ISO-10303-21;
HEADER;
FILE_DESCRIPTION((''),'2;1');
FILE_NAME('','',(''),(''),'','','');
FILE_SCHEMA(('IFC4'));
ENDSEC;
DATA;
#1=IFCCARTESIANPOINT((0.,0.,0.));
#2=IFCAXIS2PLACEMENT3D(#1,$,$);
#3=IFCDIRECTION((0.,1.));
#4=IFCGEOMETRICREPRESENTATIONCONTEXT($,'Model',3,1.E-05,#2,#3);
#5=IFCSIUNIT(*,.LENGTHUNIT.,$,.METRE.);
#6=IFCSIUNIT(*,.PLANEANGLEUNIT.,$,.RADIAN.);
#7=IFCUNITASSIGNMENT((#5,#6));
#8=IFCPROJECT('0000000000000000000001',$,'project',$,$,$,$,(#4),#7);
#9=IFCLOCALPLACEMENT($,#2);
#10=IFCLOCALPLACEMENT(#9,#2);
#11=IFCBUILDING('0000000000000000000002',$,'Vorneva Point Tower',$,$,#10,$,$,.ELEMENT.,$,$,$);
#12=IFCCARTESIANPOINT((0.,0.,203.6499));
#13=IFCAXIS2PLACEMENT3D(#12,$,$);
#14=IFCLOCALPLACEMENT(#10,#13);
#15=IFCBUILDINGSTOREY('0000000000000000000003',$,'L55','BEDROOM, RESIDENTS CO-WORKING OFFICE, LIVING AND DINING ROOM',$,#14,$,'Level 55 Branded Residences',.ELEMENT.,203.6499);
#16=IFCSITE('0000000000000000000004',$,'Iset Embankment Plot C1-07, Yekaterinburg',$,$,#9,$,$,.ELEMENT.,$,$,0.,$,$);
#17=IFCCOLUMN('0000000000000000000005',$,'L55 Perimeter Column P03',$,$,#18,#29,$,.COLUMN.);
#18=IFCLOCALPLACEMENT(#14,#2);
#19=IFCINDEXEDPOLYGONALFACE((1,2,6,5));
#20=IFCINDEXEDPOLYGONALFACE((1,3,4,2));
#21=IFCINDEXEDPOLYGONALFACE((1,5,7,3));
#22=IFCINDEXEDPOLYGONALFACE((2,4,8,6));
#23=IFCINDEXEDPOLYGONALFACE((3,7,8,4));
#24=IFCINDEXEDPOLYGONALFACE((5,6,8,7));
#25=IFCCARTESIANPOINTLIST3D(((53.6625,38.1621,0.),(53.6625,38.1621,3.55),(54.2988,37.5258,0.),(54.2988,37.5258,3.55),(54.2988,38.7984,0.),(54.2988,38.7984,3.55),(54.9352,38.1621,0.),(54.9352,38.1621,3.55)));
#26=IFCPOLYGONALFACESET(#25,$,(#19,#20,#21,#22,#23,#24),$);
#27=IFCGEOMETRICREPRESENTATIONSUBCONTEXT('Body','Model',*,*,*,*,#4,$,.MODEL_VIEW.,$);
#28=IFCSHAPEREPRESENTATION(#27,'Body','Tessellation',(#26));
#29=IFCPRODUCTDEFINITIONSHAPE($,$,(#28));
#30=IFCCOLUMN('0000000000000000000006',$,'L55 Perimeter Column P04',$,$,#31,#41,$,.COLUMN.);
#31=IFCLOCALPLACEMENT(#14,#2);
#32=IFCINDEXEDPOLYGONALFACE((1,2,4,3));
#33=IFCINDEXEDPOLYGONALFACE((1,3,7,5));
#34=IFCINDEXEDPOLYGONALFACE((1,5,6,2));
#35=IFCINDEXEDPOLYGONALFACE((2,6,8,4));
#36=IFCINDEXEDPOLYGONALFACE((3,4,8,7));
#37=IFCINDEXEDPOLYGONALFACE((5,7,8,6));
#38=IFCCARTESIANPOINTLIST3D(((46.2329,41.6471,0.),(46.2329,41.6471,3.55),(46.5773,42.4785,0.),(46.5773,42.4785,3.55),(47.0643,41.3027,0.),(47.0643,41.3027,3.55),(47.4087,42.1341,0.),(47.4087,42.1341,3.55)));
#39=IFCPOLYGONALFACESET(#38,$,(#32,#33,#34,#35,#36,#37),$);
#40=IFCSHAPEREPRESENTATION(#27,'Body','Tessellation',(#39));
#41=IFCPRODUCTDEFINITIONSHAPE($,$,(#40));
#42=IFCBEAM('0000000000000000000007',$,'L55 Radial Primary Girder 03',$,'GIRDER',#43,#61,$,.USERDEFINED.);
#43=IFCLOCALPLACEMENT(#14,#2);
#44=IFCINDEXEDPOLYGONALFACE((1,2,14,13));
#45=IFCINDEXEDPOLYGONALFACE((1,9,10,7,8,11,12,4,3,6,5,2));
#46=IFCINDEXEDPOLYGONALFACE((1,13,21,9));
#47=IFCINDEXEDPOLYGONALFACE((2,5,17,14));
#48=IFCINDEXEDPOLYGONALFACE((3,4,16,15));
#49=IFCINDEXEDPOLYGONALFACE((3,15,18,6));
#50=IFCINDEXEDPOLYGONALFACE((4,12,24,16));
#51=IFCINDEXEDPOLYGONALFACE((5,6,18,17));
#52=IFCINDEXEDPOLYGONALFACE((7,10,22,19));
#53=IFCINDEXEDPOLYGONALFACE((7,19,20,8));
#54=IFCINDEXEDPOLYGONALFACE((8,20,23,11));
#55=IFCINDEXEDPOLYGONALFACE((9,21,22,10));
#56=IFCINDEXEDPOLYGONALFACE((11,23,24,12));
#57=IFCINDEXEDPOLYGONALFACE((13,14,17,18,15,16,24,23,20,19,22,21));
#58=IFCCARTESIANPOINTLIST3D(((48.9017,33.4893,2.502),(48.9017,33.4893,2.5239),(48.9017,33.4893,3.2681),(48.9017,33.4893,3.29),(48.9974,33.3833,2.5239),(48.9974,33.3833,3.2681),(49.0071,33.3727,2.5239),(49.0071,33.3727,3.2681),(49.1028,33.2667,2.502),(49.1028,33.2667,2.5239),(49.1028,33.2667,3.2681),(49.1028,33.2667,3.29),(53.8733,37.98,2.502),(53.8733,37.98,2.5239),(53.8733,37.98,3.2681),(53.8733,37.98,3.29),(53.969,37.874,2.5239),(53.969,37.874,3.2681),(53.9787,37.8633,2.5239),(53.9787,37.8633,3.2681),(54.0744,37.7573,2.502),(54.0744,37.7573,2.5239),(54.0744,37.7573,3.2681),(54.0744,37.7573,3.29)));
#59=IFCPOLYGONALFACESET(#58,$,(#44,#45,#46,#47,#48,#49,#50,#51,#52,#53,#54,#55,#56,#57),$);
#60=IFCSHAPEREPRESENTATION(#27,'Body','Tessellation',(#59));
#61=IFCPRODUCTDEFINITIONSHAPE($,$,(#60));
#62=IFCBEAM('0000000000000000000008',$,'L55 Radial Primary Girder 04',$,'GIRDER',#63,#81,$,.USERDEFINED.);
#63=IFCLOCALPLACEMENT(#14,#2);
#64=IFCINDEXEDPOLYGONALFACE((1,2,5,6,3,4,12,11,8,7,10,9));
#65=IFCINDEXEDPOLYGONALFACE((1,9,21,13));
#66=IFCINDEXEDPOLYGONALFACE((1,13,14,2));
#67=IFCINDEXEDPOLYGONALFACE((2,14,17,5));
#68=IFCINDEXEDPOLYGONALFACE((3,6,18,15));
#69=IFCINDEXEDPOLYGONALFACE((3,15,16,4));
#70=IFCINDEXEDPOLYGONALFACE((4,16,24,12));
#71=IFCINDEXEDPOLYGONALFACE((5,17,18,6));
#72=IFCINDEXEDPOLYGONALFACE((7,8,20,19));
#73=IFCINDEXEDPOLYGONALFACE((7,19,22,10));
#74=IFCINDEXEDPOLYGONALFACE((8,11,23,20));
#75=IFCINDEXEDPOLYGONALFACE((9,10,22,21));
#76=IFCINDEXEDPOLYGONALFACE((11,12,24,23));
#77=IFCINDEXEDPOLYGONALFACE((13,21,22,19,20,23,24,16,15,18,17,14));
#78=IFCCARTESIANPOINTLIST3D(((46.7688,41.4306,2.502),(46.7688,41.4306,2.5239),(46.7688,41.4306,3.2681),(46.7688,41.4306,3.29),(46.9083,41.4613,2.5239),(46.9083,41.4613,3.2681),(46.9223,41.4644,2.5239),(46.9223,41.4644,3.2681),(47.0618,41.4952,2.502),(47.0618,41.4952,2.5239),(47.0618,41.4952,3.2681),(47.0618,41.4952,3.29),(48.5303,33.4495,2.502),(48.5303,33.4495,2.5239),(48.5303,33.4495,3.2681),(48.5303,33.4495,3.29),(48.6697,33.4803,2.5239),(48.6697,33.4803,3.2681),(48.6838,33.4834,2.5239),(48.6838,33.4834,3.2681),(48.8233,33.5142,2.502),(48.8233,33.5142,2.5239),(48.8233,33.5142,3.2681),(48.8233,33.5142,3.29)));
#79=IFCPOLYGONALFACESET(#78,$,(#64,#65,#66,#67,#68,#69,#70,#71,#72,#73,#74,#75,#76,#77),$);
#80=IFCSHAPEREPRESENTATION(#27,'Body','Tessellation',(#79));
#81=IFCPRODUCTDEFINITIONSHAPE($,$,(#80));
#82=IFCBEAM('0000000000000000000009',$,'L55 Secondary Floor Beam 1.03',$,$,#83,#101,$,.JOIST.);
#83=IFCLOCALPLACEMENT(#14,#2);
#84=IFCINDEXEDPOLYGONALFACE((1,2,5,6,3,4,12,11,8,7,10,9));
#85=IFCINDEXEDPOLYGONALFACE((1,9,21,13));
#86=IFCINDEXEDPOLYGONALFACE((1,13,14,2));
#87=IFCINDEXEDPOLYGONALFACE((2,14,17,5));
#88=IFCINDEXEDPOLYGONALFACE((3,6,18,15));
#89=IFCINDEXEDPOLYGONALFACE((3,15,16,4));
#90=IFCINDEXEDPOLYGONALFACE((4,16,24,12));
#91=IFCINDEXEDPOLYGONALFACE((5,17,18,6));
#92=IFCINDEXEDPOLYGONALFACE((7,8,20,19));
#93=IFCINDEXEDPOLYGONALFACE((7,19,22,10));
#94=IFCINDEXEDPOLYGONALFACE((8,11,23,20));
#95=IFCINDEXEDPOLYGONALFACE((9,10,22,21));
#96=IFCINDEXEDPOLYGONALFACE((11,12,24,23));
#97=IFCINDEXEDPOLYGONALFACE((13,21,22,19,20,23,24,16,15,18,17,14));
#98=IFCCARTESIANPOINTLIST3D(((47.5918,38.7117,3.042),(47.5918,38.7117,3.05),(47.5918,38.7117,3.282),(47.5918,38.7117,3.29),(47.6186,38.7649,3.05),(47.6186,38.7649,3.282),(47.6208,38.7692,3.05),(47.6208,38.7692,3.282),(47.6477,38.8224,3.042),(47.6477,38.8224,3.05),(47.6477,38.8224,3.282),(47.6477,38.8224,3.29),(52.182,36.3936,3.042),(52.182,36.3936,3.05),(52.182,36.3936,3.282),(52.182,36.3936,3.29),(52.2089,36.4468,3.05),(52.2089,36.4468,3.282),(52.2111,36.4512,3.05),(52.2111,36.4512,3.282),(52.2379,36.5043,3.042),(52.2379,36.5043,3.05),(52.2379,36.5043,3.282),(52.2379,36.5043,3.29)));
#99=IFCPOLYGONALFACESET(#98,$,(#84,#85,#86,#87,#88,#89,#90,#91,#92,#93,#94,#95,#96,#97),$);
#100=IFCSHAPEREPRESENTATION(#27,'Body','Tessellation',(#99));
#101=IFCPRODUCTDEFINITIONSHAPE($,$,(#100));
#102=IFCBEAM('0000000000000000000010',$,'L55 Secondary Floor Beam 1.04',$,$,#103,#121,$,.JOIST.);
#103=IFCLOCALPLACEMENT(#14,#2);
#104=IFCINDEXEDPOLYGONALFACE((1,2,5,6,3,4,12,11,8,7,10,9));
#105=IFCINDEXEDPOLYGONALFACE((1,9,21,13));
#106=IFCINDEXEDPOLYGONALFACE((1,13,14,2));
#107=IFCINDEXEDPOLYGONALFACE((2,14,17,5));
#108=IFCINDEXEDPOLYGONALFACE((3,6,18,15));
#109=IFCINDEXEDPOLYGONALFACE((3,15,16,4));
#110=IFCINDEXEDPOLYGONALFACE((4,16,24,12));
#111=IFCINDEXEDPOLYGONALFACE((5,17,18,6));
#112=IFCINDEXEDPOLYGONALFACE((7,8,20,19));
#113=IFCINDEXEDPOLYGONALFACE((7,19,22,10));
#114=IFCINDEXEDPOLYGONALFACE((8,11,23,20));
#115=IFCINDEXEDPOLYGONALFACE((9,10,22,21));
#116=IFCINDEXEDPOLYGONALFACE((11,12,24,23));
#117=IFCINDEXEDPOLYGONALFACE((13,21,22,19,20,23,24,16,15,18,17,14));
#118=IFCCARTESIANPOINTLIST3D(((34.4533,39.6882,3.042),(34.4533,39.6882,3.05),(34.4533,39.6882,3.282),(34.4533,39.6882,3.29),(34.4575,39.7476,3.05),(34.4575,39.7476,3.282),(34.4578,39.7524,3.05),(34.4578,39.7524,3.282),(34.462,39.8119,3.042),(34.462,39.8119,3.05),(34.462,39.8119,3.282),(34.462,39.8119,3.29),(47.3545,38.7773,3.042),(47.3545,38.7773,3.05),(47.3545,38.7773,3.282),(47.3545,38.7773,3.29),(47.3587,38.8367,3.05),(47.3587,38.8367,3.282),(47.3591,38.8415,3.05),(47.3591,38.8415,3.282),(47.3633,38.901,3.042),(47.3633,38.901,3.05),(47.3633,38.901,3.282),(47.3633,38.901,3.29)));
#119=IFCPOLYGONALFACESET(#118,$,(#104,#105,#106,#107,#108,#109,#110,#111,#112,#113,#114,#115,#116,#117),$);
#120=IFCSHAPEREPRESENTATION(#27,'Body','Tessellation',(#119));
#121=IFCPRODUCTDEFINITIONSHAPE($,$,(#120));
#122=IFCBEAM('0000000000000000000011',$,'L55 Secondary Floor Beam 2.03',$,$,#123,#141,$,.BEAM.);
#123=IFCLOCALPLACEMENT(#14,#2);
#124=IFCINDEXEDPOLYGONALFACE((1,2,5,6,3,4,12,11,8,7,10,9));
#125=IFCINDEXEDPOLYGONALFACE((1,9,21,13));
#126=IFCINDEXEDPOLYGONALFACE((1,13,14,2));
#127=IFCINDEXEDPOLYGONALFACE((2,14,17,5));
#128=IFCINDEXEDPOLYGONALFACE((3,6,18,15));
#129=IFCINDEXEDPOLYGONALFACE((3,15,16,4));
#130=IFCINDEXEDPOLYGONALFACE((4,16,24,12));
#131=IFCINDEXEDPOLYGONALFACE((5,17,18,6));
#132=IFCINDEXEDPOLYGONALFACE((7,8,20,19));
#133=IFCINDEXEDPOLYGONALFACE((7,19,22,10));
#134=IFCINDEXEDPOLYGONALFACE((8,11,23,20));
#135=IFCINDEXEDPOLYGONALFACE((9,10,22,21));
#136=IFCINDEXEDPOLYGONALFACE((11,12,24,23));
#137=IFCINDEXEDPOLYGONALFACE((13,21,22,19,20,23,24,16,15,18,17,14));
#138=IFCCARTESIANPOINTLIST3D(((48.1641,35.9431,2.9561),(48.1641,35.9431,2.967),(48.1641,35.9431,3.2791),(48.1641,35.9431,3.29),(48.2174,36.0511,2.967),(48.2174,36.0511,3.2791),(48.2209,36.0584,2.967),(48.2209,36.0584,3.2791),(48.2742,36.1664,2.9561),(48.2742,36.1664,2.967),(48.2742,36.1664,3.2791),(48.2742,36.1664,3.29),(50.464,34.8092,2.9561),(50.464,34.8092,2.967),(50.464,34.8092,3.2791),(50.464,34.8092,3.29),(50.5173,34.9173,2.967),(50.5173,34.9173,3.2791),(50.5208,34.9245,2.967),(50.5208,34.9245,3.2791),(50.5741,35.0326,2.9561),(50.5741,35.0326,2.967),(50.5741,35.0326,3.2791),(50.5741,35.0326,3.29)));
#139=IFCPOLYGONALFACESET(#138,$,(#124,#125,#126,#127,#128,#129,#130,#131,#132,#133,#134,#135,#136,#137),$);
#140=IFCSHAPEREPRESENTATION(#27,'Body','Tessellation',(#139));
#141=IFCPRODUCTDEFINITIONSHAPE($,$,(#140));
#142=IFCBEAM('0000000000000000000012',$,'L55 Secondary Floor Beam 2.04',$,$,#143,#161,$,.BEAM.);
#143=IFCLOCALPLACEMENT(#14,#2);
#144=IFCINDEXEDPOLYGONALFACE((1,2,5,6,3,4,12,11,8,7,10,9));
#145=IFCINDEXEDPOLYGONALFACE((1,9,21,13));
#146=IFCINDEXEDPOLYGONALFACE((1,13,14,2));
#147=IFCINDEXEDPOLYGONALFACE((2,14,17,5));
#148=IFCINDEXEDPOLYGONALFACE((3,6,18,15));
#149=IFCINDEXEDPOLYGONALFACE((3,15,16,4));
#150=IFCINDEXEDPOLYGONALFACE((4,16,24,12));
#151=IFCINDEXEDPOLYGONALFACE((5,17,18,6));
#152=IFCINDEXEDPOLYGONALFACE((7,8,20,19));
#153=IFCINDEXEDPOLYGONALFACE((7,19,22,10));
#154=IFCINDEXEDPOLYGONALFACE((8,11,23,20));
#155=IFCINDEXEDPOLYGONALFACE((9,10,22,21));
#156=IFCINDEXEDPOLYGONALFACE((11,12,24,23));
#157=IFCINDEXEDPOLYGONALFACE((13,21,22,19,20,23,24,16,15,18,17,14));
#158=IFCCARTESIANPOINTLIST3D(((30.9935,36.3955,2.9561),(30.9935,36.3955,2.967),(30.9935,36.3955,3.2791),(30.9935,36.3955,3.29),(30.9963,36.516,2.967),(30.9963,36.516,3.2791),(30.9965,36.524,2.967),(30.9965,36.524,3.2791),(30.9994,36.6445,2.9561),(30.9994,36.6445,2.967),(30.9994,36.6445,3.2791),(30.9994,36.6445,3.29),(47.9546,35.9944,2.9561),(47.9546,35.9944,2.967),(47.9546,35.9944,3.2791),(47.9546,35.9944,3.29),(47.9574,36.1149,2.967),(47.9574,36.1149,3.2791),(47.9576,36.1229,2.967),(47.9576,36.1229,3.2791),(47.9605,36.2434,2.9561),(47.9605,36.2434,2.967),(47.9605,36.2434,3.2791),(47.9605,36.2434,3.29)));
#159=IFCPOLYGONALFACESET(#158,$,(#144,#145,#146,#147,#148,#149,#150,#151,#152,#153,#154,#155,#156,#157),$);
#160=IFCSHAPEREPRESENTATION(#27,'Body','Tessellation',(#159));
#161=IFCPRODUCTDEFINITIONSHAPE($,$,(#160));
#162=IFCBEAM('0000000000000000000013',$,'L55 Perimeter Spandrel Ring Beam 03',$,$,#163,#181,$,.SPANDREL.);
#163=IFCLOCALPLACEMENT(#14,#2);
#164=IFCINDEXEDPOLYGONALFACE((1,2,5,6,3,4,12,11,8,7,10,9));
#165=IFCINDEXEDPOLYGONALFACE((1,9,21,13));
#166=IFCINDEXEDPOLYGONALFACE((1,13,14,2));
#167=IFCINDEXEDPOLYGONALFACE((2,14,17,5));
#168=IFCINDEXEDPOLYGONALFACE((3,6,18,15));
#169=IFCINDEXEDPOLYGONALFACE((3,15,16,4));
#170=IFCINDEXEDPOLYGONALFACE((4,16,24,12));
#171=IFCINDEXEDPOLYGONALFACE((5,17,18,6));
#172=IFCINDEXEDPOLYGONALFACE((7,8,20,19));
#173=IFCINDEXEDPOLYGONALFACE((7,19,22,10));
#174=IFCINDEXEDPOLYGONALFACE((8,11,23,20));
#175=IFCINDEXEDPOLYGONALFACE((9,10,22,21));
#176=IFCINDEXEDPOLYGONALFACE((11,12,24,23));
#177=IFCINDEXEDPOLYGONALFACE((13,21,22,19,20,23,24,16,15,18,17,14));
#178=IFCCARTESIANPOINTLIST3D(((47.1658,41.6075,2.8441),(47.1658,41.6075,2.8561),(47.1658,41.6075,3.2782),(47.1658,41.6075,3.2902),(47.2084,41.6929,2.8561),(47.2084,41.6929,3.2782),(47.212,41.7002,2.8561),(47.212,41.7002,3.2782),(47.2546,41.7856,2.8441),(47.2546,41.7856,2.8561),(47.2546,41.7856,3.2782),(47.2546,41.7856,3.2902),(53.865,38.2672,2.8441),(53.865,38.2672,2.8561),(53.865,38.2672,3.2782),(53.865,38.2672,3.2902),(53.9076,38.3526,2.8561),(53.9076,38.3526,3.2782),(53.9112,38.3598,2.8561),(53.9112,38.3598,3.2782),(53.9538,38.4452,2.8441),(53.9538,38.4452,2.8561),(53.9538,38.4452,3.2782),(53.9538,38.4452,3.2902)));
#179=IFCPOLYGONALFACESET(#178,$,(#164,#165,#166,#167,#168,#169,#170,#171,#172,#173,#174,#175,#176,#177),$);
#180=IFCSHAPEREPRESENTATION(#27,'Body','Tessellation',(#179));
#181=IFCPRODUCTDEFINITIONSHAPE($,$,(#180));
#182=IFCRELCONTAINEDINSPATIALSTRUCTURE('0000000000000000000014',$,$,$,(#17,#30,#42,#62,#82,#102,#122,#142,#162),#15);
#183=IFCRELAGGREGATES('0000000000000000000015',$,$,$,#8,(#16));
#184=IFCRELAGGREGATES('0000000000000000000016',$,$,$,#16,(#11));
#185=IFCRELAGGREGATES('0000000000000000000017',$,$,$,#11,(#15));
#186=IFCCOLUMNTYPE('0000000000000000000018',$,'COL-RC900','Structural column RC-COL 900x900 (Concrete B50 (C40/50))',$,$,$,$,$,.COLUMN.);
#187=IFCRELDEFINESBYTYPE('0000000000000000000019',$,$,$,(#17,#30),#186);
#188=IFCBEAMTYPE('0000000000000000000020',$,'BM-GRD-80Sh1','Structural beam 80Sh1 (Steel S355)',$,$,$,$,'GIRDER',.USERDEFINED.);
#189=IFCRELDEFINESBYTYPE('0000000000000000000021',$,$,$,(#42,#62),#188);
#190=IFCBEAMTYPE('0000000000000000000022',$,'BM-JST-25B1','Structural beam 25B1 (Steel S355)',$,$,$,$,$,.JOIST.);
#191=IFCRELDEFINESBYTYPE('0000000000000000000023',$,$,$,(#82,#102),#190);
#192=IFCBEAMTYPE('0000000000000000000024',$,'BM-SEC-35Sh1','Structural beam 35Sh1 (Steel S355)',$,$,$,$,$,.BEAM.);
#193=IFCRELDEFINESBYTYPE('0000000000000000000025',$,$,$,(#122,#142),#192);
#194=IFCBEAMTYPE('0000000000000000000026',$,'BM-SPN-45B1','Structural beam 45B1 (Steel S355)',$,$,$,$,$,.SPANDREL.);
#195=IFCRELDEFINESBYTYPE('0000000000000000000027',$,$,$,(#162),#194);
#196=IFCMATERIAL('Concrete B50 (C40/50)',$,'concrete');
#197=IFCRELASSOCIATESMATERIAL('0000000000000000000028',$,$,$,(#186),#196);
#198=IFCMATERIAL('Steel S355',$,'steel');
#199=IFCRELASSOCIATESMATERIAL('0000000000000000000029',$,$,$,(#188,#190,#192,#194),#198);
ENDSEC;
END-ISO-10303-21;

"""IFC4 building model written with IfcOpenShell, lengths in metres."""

from ifc_helpers import new_model, si_unit, direction, frame, origin, origin_2d, place, context, subcontext, project, spatial, rectangle, i_section, extrude, material, material_profile, profile_set, type_object, element, save


model = new_model("IFC4")

# Units and contexts
model_context = context("Model", 3, precision=1e-05, world=origin(), true_north=direction((0.0, 1.0)))
body_context = subcontext(model_context, "Body", "Model", "MODEL_VIEW")
ifc_project = project(units=[si_unit("LENGTHUNIT", "METRE"), si_unit("PLANEANGLEUNIT", "RADIAN")], contexts=[model_context])

# Site, building, storey
site_placement = place(None, origin())
site = spatial("IfcSite", under=ifc_project, at=site_placement, Name="Iset Embankment Plot C1-07, Yekaterinburg", CompositionType="ELEMENT", RefElevation=0.0)
building_placement = place(site_placement, origin())
building = spatial("IfcBuilding", under=site, at=building_placement, Name="Vorneva Point Tower", CompositionType="ELEMENT")
storey_placement = place(building_placement, frame((0.0, 0.0, 203.6499)))
storey = spatial("IfcBuildingStorey", under=building, at=storey_placement, Name="L55", Description="BEDROOM, RESIDENTS CO-WORKING OFFICE, LIVING AND DINING ROOM", LongName="Level 55 Branded Residences", CompositionType="ELEMENT", Elevation=203.6499)

# Columns
ifc_material_1 = material(Name="Concrete B50 (C40/50)", Category="concrete")
ifc_material_profile_1 = material_profile(ifc_material_1, rectangle(XDim=0.8999, YDim=0.8999, at=origin_2d()), Name="RC-COL 900x900")
ifc_profile_set_1 = profile_set([ifc_material_profile_1], Name="Concrete B50 (C40/50)")
column_type = type_object("IfcColumnType", Name="COL-RC900", Description="Structural column RC-COL 900x900 (Concrete B50 (C40/50))", PredefinedType="COLUMN", material=ifc_profile_set_1)
for number, where, z_axis, x_axis, name in (
    (1, (54.2988, 38.1621, 0.0), (0.0, 0.0, 1.0), (0.707107, 0.707107, 0.0), "L55 Perimeter Column P03"),
    (2, (46.8208, 41.8906, 0.0), (0.0, 0.0, 1.0), (0.382683, 0.92388, 0.0), "L55 Perimeter Column P04"),
):
    element("IfcColumn", number, at=place(storey_placement, frame(where, z_axis=z_axis, x_axis=x_axis)), inside=storey, type_object=column_type, Name=name, PredefinedType="COLUMN", context=body_context, shape_type="SweptSolid", body=[
        extrude(rectangle(XDim=0.8999, YDim=0.8999, at=origin_2d()), origin(), (0.0, 0.0, 1.0), 3.55),
    ])

# Beams
ifc_material_2 = material(Name="Steel S355", Category="steel")
ifc_material_profile_2 = material_profile(ifc_material_2, i_section(OverallWidth=0.3, OverallDepth=0.7881, WebThickness=0.0144, FlangeThickness=0.022, at=origin_2d()), Name="80Sh1")
ifc_profile_set_2 = profile_set([ifc_material_profile_2], Name="Steel S355")
beam_type_1 = type_object("IfcBeamType", Name="BM-GRD-80Sh1", Description="Structural beam 80Sh1 (Steel S355)", ElementType="GIRDER", PredefinedType="USERDEFINED", material=ifc_profile_set_2)
beam_1_placement = place(storey_placement, frame((53.9739, 37.8687, 2.896), z_axis=(-0.74209, -0.670301, 0.0), x_axis=(0.670301, -0.74209, 0.0)))
element("IfcBeam", 3, at=beam_1_placement, inside=storey, type_object=beam_type_1, Name="L55 Radial Primary Girder 03", ObjectType="GIRDER", PredefinedType="USERDEFINED", context=body_context, shape_type="SweptSolid", body=[
    extrude(i_section(OverallWidth=0.3, OverallDepth=0.7881, WebThickness=0.0144, FlangeThickness=0.022, at=origin_2d()), origin(), (0.0, 0.0, 1.0), 6.6995),
])
beam_2_placement = place(storey_placement, frame((46.9153, 41.4629, 2.896), z_axis=(0.215523, -0.976499, 0.0), x_axis=(0.976499, 0.215523, 0.0)))
element("IfcBeam", 4, at=beam_2_placement, inside=storey, type_object=beam_type_1, Name="L55 Radial Primary Girder 04", ObjectType="GIRDER", PredefinedType="USERDEFINED", context=body_context, shape_type="SweptSolid", body=[
    extrude(i_section(OverallWidth=0.3, OverallDepth=0.7881, WebThickness=0.0144, FlangeThickness=0.022, at=origin_2d()), origin(), (0.0, 0.0, 1.0), 8.1731),
])
ifc_material_profile_3 = material_profile(ifc_material_2, i_section(OverallWidth=0.124, OverallDepth=0.248, WebThickness=0.0049, FlangeThickness=0.0081, at=origin_2d()), Name="25B1")
ifc_profile_set_3 = profile_set([ifc_material_profile_3], Name="Steel S355")
beam_type_2 = type_object("IfcBeamType", Name="BM-JST-25B1", Description="Structural beam 25B1 (Steel S355)", PredefinedType="JOIST", material=ifc_profile_set_3)
beam_3_placement = place(storey_placement, frame((52.21, 36.449, 3.166), z_axis=(-0.892635, 0.45078, 0.0), x_axis=(-0.45078, -0.892635, 0.0)))
element("IfcBeam", 5, at=beam_3_placement, inside=storey, type_object=beam_type_2, Name="L55 Secondary Floor Beam 1.03", PredefinedType="JOIST", context=body_context, shape_type="SweptSolid", body=[
    extrude(i_section(OverallWidth=0.124, OverallDepth=0.248, WebThickness=0.0049, FlangeThickness=0.0081, at=origin_2d()), origin(), (0.0, 0.0, 1.0), 5.1423),
])
beam_4_placement = place(storey_placement, frame((47.3589, 38.8391, 3.166), z_axis=(-0.997517, 0.07043, 0.0), x_axis=(-0.07043, -0.997517, 0.0)))
element("IfcBeam", 6, at=beam_4_placement, inside=storey, type_object=beam_type_2, Name="L55 Secondary Floor Beam 1.04", PredefinedType="JOIST", context=body_context, shape_type="SweptSolid", body=[
    extrude(i_section(OverallWidth=0.124, OverallDepth=0.248, WebThickness=0.0049, FlangeThickness=0.0081, at=origin_2d()), origin(), (0.0, 0.0, 1.0), 12.9333),
])
ifc_material_profile_4 = material_profile(ifc_material_2, i_section(OverallWidth=0.249, OverallDepth=0.334, WebThickness=0.0081, FlangeThickness=0.011, at=origin_2d()), Name="35Sh1")
ifc_profile_set_4 = profile_set([ifc_material_profile_4], Name="Steel S355")
beam_type_3 = type_object("IfcBeamType", Name="BM-SEC-35Sh1", Description="Structural beam 35Sh1 (Steel S355)", PredefinedType="BEAM", material=ifc_profile_set_4)
beam_5_placement = place(storey_placement, frame((50.519, 34.9209, 3.123), z_axis=(-0.896927, 0.442179, 0.0), x_axis=(-0.442179, -0.896927, 0.0)))
element("IfcBeam", 7, at=beam_5_placement, inside=storey, type_object=beam_type_3, Name="L55 Secondary Floor Beam 2.03", PredefinedType="BEAM", context=body_context, shape_type="SweptSolid", body=[
    extrude(i_section(OverallWidth=0.249, OverallDepth=0.334, WebThickness=0.0081, FlangeThickness=0.011, at=origin_2d()), origin(), (0.0, 0.0, 1.0), 2.5642),
])
beam_6_placement = place(storey_placement, frame((47.9575, 36.1189, 3.123), z_axis=(-0.99972, 0.023643, 0.0), x_axis=(-0.023643, -0.99972, 0.0)))
element("IfcBeam", 8, at=beam_6_placement, inside=storey, type_object=beam_type_3, Name="L55 Secondary Floor Beam 2.04", PredefinedType="BEAM", context=body_context, shape_type="SweptSolid", body=[
    extrude(i_section(OverallWidth=0.249, OverallDepth=0.334, WebThickness=0.0081, FlangeThickness=0.011, at=origin_2d()), origin(), (0.0, 0.0, 1.0), 16.9658),
])
ifc_material_profile_5 = material_profile(ifc_material_2, i_section(OverallWidth=0.199, OverallDepth=0.446, WebThickness=0.0081, FlangeThickness=0.012, at=origin_2d()), Name="45B1")
ifc_profile_set_5 = profile_set([ifc_material_profile_5], Name="Steel S355")
beam_type_4 = type_object("IfcBeamType", Name="BM-SPN-45B1", Description="Structural beam 45B1 (Steel S355)", PredefinedType="SPANDREL", material=ifc_profile_set_5)
beam_7_placement = place(storey_placement, frame((53.9094, 38.3562, 3.0671), z_axis=(-0.894922, 0.446222, 0.0), x_axis=(-0.446222, -0.894922, 0.0)))
element("IfcBeam", 9, at=beam_7_placement, inside=storey, type_object=beam_type_4, Name="L55 Perimeter Spandrel Ring Beam 03", PredefinedType="SPANDREL", context=body_context, shape_type="SweptSolid", body=[
    extrude(i_section(OverallWidth=0.199, OverallDepth=0.446, WebThickness=0.0081, FlangeThickness=0.012, at=origin_2d()), origin(), (0.0, 0.0, 1.0), 7.4858),
])

save(model, "model.ifc")
